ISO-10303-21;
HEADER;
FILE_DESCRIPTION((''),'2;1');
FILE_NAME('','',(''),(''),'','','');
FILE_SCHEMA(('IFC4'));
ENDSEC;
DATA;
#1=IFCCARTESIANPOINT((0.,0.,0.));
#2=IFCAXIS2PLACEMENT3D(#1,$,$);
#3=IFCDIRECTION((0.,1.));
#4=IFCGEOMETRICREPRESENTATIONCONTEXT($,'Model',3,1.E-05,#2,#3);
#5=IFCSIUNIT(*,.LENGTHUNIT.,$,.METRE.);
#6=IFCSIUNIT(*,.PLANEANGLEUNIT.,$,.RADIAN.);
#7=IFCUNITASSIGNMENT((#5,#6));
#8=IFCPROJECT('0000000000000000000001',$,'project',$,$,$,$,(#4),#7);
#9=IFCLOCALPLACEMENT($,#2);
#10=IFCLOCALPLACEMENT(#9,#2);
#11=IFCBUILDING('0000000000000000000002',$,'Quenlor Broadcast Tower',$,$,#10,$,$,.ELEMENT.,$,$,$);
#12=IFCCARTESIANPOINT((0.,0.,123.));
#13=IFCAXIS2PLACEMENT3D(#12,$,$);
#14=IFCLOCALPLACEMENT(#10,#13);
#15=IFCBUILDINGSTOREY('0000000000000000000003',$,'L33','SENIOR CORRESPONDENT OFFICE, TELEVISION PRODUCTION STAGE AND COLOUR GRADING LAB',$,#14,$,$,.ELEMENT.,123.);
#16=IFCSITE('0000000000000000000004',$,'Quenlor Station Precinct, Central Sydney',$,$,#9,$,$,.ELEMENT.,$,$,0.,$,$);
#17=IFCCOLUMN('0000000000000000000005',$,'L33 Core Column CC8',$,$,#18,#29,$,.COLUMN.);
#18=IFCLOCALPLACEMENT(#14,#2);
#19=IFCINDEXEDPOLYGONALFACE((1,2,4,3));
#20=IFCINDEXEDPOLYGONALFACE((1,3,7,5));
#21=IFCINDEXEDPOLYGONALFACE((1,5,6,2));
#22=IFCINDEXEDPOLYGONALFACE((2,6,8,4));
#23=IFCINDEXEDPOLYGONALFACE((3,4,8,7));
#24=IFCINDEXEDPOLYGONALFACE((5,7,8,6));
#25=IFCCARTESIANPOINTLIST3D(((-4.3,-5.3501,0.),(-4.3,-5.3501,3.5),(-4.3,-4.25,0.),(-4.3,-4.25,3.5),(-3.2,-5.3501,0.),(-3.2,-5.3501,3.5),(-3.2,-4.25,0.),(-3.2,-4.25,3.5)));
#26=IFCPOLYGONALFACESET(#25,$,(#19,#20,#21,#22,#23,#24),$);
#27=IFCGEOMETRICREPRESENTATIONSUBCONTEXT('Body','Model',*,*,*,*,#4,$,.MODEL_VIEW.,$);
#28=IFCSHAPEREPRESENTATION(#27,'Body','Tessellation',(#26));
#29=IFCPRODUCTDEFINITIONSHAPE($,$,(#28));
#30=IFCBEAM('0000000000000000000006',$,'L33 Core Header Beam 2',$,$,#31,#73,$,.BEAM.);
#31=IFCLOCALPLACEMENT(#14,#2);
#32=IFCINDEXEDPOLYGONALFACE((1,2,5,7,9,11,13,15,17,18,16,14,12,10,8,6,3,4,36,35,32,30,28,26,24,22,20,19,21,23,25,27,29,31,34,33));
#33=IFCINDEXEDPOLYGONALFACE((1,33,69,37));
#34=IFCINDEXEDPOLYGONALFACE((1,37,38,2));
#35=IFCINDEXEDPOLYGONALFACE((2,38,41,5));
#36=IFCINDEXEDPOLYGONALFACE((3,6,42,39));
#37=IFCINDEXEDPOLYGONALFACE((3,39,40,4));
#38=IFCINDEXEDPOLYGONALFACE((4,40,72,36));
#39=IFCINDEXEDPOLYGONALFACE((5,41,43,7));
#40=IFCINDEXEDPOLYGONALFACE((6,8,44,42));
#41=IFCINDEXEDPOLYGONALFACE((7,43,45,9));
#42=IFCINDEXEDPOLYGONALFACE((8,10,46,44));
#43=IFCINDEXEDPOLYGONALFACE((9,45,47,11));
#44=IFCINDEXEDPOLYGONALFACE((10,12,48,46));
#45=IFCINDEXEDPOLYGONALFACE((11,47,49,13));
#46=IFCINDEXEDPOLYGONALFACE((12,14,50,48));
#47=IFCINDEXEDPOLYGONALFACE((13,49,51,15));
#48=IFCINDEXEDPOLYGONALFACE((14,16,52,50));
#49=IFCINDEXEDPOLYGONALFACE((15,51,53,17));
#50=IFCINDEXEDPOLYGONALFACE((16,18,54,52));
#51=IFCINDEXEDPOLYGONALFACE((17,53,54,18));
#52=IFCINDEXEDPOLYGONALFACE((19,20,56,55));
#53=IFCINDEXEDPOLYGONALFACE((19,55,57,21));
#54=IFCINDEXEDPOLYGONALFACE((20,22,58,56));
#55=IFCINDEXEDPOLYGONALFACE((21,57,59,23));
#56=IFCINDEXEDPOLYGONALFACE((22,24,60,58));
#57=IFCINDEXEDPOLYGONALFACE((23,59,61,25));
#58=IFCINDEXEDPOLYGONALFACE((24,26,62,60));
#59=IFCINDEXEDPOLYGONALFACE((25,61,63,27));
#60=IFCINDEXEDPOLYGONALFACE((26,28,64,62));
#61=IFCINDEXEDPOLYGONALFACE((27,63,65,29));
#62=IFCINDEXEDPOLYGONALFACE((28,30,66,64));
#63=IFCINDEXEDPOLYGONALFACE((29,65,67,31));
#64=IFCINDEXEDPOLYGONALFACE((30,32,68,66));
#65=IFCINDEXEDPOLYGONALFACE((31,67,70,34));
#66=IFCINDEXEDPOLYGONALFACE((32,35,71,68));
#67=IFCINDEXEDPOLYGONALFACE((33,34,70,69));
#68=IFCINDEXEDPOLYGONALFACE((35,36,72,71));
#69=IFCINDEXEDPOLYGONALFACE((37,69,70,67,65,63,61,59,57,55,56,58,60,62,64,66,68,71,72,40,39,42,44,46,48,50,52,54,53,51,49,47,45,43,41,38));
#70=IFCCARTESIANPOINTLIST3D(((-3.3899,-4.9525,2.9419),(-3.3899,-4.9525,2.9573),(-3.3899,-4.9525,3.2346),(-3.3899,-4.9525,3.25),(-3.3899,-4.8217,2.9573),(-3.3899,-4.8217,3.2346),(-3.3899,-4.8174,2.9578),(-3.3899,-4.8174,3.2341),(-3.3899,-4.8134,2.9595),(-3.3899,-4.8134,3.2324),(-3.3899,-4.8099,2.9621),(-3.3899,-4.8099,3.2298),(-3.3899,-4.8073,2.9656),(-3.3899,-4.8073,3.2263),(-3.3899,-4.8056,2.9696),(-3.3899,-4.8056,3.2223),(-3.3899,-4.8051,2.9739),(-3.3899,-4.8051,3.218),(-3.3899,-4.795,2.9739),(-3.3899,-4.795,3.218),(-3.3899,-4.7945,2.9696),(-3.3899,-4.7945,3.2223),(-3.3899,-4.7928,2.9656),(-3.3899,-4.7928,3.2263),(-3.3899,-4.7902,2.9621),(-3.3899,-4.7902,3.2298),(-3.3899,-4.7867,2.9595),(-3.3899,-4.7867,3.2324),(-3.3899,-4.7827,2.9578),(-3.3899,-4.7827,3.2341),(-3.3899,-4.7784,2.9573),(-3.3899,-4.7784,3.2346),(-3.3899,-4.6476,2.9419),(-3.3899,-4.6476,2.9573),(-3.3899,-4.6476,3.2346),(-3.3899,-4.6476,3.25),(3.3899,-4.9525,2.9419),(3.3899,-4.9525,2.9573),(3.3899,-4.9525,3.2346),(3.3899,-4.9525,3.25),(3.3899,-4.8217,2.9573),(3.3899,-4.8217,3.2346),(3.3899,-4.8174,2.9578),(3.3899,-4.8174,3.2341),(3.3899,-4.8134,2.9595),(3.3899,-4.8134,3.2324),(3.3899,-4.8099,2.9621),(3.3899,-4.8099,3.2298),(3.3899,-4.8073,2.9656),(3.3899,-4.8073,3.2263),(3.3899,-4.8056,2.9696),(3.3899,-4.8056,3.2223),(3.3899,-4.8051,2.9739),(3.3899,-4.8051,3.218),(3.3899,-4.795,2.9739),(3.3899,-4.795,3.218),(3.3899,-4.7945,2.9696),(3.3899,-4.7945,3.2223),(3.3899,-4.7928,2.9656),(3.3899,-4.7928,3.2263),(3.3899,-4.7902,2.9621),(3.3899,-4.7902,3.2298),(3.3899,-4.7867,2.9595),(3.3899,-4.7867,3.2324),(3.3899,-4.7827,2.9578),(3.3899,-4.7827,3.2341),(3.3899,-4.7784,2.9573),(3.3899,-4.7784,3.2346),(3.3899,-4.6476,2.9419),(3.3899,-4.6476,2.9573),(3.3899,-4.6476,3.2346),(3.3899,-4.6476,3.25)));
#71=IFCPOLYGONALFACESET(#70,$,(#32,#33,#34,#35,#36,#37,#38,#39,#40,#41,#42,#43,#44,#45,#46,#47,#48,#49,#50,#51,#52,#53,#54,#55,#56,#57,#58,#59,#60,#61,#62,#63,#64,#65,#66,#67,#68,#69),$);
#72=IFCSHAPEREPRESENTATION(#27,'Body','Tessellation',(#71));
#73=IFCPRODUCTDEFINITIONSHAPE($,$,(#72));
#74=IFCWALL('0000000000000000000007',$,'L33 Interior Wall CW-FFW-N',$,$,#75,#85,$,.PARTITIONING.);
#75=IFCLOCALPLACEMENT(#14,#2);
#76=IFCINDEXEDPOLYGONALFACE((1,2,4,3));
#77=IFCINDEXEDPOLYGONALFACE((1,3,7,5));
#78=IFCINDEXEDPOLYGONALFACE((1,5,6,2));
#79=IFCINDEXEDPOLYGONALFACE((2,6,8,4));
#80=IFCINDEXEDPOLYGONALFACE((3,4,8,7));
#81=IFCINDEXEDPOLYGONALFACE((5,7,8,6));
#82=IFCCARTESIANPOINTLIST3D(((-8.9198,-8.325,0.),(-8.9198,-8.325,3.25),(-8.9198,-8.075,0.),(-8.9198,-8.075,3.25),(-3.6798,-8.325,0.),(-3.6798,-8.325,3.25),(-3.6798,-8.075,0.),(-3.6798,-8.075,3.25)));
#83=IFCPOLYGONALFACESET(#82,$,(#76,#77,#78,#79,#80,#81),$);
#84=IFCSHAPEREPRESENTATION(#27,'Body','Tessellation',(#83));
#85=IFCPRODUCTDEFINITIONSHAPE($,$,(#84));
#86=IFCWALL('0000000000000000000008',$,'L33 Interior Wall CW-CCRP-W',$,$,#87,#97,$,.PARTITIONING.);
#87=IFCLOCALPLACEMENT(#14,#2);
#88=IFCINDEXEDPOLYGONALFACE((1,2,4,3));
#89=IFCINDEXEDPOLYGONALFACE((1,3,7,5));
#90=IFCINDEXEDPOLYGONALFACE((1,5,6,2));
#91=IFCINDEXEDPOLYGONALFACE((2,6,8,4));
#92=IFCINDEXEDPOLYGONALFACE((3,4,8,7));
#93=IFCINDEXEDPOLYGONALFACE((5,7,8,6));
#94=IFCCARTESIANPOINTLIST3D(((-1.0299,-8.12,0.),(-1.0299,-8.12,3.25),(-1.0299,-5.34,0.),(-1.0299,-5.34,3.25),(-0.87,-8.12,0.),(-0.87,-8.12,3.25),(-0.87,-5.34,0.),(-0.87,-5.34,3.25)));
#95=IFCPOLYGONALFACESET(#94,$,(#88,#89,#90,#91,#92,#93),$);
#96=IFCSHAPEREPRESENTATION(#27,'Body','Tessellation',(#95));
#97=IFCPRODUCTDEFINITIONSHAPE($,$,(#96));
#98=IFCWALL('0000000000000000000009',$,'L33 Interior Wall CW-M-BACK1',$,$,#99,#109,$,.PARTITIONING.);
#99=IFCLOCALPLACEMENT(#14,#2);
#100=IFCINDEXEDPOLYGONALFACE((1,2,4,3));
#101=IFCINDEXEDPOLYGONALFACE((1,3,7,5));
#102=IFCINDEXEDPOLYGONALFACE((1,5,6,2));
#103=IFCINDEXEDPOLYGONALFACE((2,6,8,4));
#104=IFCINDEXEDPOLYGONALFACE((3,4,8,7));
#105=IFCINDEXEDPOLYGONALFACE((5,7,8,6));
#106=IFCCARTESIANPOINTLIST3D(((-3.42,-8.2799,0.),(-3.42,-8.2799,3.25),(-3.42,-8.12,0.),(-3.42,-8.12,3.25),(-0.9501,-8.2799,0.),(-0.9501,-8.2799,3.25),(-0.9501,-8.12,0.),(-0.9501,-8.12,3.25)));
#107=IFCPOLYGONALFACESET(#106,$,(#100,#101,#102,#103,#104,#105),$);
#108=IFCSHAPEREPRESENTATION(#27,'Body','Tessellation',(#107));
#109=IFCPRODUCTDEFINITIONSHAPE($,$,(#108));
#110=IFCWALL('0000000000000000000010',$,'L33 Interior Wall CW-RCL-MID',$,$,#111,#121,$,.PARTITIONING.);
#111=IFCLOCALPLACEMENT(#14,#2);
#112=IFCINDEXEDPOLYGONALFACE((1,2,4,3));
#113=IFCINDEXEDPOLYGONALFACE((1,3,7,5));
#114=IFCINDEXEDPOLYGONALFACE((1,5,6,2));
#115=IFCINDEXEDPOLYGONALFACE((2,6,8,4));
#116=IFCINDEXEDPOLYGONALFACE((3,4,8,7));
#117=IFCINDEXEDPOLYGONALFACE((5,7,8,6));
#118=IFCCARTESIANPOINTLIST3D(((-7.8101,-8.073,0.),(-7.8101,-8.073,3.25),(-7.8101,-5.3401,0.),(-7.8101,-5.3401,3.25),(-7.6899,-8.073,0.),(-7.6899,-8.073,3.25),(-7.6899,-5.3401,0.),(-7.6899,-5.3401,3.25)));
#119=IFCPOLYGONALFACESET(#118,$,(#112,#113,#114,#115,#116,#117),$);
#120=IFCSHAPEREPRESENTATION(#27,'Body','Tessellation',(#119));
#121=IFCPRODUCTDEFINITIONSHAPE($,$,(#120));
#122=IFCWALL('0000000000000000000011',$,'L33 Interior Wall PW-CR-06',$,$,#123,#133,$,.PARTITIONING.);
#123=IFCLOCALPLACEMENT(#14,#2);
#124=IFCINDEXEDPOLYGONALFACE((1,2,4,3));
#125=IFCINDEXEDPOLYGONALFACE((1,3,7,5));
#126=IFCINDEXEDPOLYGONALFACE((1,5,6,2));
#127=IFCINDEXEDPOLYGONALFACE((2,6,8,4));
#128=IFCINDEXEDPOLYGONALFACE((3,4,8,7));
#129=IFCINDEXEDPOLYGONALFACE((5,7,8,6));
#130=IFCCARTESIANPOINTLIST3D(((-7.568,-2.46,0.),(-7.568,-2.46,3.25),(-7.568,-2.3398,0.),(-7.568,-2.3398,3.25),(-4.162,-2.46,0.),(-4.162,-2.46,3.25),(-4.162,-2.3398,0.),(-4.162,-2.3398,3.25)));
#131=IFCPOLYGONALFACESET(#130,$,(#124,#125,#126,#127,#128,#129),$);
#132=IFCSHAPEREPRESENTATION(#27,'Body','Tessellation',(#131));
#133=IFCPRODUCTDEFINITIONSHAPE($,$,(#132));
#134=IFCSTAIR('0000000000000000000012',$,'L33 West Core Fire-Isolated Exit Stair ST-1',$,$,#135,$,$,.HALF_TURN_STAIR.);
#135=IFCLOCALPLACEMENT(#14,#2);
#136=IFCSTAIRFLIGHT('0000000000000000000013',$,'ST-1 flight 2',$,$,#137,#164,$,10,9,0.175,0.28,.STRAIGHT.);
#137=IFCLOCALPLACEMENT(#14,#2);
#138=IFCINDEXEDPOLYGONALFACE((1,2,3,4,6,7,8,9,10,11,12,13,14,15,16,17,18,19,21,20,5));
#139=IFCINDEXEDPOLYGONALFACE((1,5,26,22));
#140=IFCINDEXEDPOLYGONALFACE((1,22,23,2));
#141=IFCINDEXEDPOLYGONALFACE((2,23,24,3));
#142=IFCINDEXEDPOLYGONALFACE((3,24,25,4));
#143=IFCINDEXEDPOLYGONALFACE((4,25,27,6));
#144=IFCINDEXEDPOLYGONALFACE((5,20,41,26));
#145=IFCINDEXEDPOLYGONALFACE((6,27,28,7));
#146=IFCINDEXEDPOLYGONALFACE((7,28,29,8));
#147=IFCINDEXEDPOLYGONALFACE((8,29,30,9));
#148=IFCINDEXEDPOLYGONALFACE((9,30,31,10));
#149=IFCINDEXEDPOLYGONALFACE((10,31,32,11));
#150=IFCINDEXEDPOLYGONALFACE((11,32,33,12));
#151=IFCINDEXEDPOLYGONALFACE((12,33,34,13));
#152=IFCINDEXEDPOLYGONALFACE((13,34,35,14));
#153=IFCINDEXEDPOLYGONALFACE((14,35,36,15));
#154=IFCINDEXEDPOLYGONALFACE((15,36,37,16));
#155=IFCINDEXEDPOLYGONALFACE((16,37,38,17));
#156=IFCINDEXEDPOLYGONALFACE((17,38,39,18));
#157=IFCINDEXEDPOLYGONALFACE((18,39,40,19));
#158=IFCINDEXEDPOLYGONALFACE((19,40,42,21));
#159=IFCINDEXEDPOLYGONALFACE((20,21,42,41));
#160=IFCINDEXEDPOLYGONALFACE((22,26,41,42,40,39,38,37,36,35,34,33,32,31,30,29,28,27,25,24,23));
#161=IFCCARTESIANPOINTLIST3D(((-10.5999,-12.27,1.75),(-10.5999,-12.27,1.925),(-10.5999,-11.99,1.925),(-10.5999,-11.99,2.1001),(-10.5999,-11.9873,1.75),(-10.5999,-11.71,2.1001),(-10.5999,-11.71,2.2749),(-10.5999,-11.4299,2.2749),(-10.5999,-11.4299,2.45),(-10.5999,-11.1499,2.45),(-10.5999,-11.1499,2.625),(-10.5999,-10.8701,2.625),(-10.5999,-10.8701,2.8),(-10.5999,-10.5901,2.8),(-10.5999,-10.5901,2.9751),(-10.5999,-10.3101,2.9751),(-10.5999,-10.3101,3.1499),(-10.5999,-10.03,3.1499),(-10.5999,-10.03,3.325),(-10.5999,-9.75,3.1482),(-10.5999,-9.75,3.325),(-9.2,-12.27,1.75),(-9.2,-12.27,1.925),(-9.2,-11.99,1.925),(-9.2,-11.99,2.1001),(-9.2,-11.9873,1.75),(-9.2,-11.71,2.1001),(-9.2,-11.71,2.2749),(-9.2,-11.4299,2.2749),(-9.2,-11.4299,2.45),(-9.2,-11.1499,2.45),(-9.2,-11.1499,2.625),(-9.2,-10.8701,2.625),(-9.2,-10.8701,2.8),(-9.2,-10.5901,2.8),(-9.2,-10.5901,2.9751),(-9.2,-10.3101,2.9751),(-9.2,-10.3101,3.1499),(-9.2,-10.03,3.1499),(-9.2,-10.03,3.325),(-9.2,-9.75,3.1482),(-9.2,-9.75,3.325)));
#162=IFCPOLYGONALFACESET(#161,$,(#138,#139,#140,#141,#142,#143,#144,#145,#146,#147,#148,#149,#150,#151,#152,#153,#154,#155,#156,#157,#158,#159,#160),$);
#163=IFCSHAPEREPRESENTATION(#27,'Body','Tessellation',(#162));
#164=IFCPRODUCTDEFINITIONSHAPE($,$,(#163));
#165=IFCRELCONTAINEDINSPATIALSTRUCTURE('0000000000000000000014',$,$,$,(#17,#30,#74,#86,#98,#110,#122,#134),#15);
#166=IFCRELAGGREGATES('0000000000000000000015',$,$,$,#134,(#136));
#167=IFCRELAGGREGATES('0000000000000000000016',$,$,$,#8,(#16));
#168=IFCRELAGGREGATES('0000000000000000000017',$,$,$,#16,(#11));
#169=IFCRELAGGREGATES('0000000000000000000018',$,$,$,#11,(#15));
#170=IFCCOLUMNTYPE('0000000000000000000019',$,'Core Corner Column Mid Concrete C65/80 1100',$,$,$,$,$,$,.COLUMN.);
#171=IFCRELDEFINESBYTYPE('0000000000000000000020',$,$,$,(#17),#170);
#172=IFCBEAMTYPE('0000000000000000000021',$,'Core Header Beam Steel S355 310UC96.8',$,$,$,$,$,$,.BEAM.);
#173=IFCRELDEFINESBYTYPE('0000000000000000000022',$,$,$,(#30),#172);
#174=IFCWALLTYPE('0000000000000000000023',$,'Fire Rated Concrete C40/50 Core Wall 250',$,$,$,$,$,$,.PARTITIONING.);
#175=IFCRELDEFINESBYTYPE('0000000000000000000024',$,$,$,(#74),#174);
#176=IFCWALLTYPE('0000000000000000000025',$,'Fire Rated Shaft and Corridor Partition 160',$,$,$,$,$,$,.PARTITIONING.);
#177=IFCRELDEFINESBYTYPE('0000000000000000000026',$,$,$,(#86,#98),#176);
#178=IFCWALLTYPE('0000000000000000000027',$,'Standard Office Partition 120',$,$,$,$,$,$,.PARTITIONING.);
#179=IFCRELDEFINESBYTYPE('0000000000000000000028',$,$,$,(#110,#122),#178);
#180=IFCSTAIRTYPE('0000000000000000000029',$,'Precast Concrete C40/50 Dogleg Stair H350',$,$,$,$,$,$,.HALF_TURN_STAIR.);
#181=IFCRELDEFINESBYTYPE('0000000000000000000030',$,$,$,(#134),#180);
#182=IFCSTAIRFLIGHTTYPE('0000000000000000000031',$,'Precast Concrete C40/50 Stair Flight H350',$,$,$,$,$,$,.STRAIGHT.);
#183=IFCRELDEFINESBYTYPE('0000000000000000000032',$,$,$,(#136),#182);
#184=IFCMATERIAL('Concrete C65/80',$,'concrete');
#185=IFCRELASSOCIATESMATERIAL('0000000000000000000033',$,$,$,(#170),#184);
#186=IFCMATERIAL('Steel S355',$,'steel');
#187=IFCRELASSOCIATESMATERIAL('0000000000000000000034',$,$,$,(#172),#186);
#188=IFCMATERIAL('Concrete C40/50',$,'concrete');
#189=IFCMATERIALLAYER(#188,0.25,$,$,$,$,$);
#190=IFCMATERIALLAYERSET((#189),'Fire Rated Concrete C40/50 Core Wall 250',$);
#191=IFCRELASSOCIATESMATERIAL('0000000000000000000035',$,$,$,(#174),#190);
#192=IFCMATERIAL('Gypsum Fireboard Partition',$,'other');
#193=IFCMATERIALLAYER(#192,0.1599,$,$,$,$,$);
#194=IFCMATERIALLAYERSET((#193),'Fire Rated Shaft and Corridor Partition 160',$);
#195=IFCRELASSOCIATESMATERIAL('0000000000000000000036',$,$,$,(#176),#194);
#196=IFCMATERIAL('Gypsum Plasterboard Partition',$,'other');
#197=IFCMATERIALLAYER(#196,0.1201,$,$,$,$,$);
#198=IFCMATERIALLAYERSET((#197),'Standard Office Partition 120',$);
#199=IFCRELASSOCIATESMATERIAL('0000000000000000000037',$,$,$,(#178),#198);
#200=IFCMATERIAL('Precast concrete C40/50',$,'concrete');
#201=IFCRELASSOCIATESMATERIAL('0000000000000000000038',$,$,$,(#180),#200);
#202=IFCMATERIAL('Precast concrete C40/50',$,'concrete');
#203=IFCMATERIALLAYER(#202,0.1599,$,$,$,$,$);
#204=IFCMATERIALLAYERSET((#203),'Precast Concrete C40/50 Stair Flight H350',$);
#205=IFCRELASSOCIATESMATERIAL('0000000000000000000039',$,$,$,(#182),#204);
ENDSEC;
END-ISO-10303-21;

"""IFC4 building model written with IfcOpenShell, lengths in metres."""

from ifc_helpers import new_model, si_unit, direction, frame, frame_2d, origin, origin_2d, place, context, subcontext, project, spatial, polyline, rectangle, i_section, outline, extrude, material, layer, layer_set, material_profile, profile_set, type_object, element, aggregate, save


model = new_model("IFC4")

# Units and contexts
model_context = context("Model", 3, precision=1e-05, world=origin(), true_north=direction((0.0, 1.0)))
body_context = subcontext(model_context, "Body", "Model", "MODEL_VIEW")
ifc_project = project(units=[si_unit("LENGTHUNIT", "METRE"), si_unit("PLANEANGLEUNIT", "RADIAN")], contexts=[model_context])

# Site, building, storey
site_placement = place(None, origin())
site = spatial("IfcSite", under=ifc_project, at=site_placement, Name="Quenlor Station Precinct, Central Sydney", CompositionType="ELEMENT", RefElevation=0.0)
building_placement = place(site_placement, origin())
building = spatial("IfcBuilding", under=site, at=building_placement, Name="Quenlor Broadcast Tower", CompositionType="ELEMENT")
storey_placement = place(building_placement, frame((0.0, 0.0, 123.0)))
storey = spatial("IfcBuildingStorey", under=building, at=storey_placement, Name="L33", Description="SENIOR CORRESPONDENT OFFICE, TELEVISION PRODUCTION STAGE AND COLOUR GRADING LAB", CompositionType="ELEMENT", Elevation=123.0)

# Column
ifc_material_1 = material(Name="Concrete C65/80", Category="concrete")
ifc_material_profile_1 = material_profile(ifc_material_1, rectangle(XDim=1.1001, YDim=1.1001, at=origin_2d()))
ifc_profile_set_1 = profile_set([ifc_material_profile_1], Name="Concrete C65/80 RC1100x1100")
column_type = type_object("IfcColumnType", Name="Core Corner Column Mid Concrete C65/80 1100", PredefinedType="COLUMN", material=ifc_profile_set_1)
column_placement = place(storey_placement, frame((-3.75, -4.8, 0.0), z_axis=(0.0, 0.0, 1.0), x_axis=(1.0, 0.0, 0.0)))
element("IfcColumn", 1, at=column_placement, inside=storey, type_object=column_type, Name="L33 Core Column CC8", PredefinedType="COLUMN", context=body_context, shape_type="SweptSolid", body=[
    extrude(rectangle(XDim=1.1001, YDim=1.1001, at=origin_2d()), origin(), (0.0, 0.0, 1.0), 3.5),
])

# Beam
ifc_material_2 = material(Name="Steel S355", Category="steel")
ifc_material_profile_2 = material_profile(ifc_material_2, i_section(OverallWidth=0.3049, OverallDepth=0.3081, WebThickness=0.01, FlangeThickness=0.0154, FilletRadius=0.0166, at=origin_2d()))
ifc_profile_set_2 = profile_set([ifc_material_profile_2], Name="Steel S355 310UC96.8")
beam_type = type_object("IfcBeamType", Name="Core Header Beam Steel S355 310UC96.8", PredefinedType="BEAM", material=ifc_profile_set_2)
beam_placement = place(storey_placement, frame((-3.3899, -4.8, 3.0959), z_axis=(1.0, 0.0, 0.0), x_axis=(0.0, 1.0, 0.0)))
element("IfcBeam", 2, at=beam_placement, inside=storey, type_object=beam_type, Name="L33 Core Header Beam 2", PredefinedType="BEAM", context=body_context, shape_type="SweptSolid", body=[
    extrude(i_section(OverallWidth=0.3049, OverallDepth=0.3081, WebThickness=0.01, FlangeThickness=0.0154, FilletRadius=0.0166, at=origin_2d()), origin(), (0.0, 0.0, 1.0), 6.7798),
])

# Shared definitions
ifc_material_3 = material(Name="Concrete C40/50", Category="concrete")
ifc_layer_1 = layer(ifc_material_3, 0.25)
ifc_layer_set_1 = layer_set([ifc_layer_1], Name="Fire Rated Concrete C40/50 Core Wall 250")
wall_type_1 = type_object("IfcWallType", Name="Fire Rated Concrete C40/50 Core Wall 250", PredefinedType="PARTITIONING", material=ifc_layer_set_1)

# Wall
wall_1_placement = place(storey_placement, frame((-8.9199, -8.2, 0.0), z_axis=(0.0, 0.0, 1.0), x_axis=(1.0, 0.0, 0.0)))
element("IfcWall", 3, at=wall_1_placement, inside=storey, type_object=wall_type_1, Name="L33 Interior Wall CW-FFW-N", PredefinedType="PARTITIONING", context=body_context, shape_type="SweptSolid", body=[
    extrude(rectangle(XDim=5.24, YDim=0.25, at=frame_2d((2.6201, 0.0))), origin(), (0.0, 0.0, 1.0), 3.25),
])

# Walls
ifc_material_4 = material(Name="Gypsum Fireboard Partition", Category="other")
ifc_layer_2 = layer(ifc_material_4, 0.1599)
ifc_layer_set_2 = layer_set([ifc_layer_2], Name="Fire Rated Shaft and Corridor Partition 160")
wall_type_2 = type_object("IfcWallType", Name="Fire Rated Shaft and Corridor Partition 160", PredefinedType="PARTITIONING", material=ifc_layer_set_2)
wall_2_placement = place(storey_placement, frame((-0.95, -8.1201, 0.0), z_axis=(0.0, 0.0, 1.0), x_axis=(0.0, 1.0, 0.0)))
element("IfcWall", 4, at=wall_2_placement, inside=storey, type_object=wall_type_2, Name="L33 Interior Wall CW-CCRP-W", PredefinedType="PARTITIONING", context=body_context, shape_type="SweptSolid", body=[
    extrude(rectangle(XDim=2.78, YDim=0.1599, at=frame_2d((1.3901, 0.0))), origin(), (0.0, 0.0, 1.0), 3.25),
])
wall_3_placement = place(storey_placement, frame((-3.4199, -8.2, 0.0), z_axis=(0.0, 0.0, 1.0), x_axis=(1.0, 0.0, 0.0)))
element("IfcWall", 5, at=wall_3_placement, inside=storey, type_object=wall_type_2, Name="L33 Interior Wall CW-M-BACK1", PredefinedType="PARTITIONING", context=body_context, shape_type="SweptSolid", body=[
    extrude(rectangle(XDim=2.47, YDim=0.1599, at=frame_2d((1.2349, 0.0))), origin(), (0.0, 0.0, 1.0), 3.25),
])
ifc_material_5 = material(Name="Gypsum Plasterboard Partition", Category="other")
ifc_layer_3 = layer(ifc_material_5, 0.1201)
ifc_layer_set_3 = layer_set([ifc_layer_3], Name="Standard Office Partition 120")
wall_type_3 = type_object("IfcWallType", Name="Standard Office Partition 120", PredefinedType="PARTITIONING", material=ifc_layer_set_3)
wall_4_placement = place(storey_placement, frame((-7.75, -8.073, 0.0), z_axis=(0.0, 0.0, 1.0), x_axis=(0.0, 1.0, 0.0)))
element("IfcWall", 6, at=wall_4_placement, inside=storey, type_object=wall_type_3, Name="L33 Interior Wall CW-RCL-MID", PredefinedType="PARTITIONING", context=body_context, shape_type="SweptSolid", body=[
    extrude(rectangle(XDim=2.7329, YDim=0.1201, at=frame_2d((1.3665, 0.0))), origin(), (0.0, 0.0, 1.0), 3.25),
])

# Wall
wall_5_placement = place(storey_placement, frame((-7.5681, -2.3999, 0.0), z_axis=(0.0, 0.0, 1.0), x_axis=(1.0, 0.0, 0.0)))
element("IfcWall", 7, at=wall_5_placement, inside=storey, type_object=wall_type_3, Name="L33 Interior Wall PW-CR-06", PredefinedType="PARTITIONING", context=body_context, shape_type="SweptSolid", body=[
    extrude(rectangle(XDim=3.406, YDim=0.1201, at=frame_2d((1.7031, 0.0))), origin(), (0.0, 0.0, 1.0), 3.25),
])

# Stair, stair flight
ifc_material_6 = material(Name="Precast concrete C40/50", Category="concrete")
stair_type = type_object("IfcStairType", Name="Precast Concrete C40/50 Dogleg Stair H350", PredefinedType="HALF_TURN_STAIR", material=ifc_material_6)
stair_placement = place(storey_placement, origin())
stair = element("IfcStair", 8, at=stair_placement, inside=storey, type_object=stair_type, Name="L33 West Core Fire-Isolated Exit Stair ST-1", PredefinedType="HALF_TURN_STAIR")
ifc_material_7 = material(Name="Precast concrete C40/50", Category="concrete")
ifc_layer_4 = layer(ifc_material_7, 0.1599)
ifc_layer_set_4 = layer_set([ifc_layer_4], Name="Precast Concrete C40/50 Stair Flight H350")
stair_flight_type = type_object("IfcStairFlightType", Name="Precast Concrete C40/50 Stair Flight H350", PredefinedType="STRAIGHT", material=ifc_layer_set_4)
stair_flight_placement = place(storey_placement, frame((-9.8999, -12.27, 1.75), z_axis=(0.0, 0.0, 1.0), x_axis=(0.0, 1.0, 0.0)))
stair_flight = element("IfcStairFlight", 9, at=stair_flight_placement, type_object=stair_flight_type, Name="ST-1 flight 2", NumberOfRisers=10, NumberOfTreads=9, PredefinedType="STRAIGHT", RiserHeight=0.175, TreadLength=0.28, context=body_context, shape_type="SweptSolid", body=[
    extrude(outline(polyline([(0.0, 0.0), (0.0, 0.175), (0.28, 0.175), (0.28, 0.3501), (0.5601, 0.3501), (0.5601, 0.5249), (0.8401, 0.5249), (0.8401, 0.7), (1.1201, 0.7), (1.1201, 0.875), (1.3999, 0.875), (1.3999, 1.05), (1.6799, 1.05), (1.6799, 1.2251), (1.96, 1.2251), (1.96, 1.3999), (2.24, 1.3999), (2.24, 1.575), (2.52, 1.575), (2.52, 1.75), (2.52, 1.3982), (0.2827, 0.0), (0.0, 0.0)])), frame((0.0, 0.7, 0.0), z_axis=(0.0, -1.0, 0.0), x_axis=(1.0, 0.0, 0.0)), (0.0, 0.0, 1.0), 1.3999),
])
aggregate(stair, [stair_flight])

save(model, "model.ifc")
